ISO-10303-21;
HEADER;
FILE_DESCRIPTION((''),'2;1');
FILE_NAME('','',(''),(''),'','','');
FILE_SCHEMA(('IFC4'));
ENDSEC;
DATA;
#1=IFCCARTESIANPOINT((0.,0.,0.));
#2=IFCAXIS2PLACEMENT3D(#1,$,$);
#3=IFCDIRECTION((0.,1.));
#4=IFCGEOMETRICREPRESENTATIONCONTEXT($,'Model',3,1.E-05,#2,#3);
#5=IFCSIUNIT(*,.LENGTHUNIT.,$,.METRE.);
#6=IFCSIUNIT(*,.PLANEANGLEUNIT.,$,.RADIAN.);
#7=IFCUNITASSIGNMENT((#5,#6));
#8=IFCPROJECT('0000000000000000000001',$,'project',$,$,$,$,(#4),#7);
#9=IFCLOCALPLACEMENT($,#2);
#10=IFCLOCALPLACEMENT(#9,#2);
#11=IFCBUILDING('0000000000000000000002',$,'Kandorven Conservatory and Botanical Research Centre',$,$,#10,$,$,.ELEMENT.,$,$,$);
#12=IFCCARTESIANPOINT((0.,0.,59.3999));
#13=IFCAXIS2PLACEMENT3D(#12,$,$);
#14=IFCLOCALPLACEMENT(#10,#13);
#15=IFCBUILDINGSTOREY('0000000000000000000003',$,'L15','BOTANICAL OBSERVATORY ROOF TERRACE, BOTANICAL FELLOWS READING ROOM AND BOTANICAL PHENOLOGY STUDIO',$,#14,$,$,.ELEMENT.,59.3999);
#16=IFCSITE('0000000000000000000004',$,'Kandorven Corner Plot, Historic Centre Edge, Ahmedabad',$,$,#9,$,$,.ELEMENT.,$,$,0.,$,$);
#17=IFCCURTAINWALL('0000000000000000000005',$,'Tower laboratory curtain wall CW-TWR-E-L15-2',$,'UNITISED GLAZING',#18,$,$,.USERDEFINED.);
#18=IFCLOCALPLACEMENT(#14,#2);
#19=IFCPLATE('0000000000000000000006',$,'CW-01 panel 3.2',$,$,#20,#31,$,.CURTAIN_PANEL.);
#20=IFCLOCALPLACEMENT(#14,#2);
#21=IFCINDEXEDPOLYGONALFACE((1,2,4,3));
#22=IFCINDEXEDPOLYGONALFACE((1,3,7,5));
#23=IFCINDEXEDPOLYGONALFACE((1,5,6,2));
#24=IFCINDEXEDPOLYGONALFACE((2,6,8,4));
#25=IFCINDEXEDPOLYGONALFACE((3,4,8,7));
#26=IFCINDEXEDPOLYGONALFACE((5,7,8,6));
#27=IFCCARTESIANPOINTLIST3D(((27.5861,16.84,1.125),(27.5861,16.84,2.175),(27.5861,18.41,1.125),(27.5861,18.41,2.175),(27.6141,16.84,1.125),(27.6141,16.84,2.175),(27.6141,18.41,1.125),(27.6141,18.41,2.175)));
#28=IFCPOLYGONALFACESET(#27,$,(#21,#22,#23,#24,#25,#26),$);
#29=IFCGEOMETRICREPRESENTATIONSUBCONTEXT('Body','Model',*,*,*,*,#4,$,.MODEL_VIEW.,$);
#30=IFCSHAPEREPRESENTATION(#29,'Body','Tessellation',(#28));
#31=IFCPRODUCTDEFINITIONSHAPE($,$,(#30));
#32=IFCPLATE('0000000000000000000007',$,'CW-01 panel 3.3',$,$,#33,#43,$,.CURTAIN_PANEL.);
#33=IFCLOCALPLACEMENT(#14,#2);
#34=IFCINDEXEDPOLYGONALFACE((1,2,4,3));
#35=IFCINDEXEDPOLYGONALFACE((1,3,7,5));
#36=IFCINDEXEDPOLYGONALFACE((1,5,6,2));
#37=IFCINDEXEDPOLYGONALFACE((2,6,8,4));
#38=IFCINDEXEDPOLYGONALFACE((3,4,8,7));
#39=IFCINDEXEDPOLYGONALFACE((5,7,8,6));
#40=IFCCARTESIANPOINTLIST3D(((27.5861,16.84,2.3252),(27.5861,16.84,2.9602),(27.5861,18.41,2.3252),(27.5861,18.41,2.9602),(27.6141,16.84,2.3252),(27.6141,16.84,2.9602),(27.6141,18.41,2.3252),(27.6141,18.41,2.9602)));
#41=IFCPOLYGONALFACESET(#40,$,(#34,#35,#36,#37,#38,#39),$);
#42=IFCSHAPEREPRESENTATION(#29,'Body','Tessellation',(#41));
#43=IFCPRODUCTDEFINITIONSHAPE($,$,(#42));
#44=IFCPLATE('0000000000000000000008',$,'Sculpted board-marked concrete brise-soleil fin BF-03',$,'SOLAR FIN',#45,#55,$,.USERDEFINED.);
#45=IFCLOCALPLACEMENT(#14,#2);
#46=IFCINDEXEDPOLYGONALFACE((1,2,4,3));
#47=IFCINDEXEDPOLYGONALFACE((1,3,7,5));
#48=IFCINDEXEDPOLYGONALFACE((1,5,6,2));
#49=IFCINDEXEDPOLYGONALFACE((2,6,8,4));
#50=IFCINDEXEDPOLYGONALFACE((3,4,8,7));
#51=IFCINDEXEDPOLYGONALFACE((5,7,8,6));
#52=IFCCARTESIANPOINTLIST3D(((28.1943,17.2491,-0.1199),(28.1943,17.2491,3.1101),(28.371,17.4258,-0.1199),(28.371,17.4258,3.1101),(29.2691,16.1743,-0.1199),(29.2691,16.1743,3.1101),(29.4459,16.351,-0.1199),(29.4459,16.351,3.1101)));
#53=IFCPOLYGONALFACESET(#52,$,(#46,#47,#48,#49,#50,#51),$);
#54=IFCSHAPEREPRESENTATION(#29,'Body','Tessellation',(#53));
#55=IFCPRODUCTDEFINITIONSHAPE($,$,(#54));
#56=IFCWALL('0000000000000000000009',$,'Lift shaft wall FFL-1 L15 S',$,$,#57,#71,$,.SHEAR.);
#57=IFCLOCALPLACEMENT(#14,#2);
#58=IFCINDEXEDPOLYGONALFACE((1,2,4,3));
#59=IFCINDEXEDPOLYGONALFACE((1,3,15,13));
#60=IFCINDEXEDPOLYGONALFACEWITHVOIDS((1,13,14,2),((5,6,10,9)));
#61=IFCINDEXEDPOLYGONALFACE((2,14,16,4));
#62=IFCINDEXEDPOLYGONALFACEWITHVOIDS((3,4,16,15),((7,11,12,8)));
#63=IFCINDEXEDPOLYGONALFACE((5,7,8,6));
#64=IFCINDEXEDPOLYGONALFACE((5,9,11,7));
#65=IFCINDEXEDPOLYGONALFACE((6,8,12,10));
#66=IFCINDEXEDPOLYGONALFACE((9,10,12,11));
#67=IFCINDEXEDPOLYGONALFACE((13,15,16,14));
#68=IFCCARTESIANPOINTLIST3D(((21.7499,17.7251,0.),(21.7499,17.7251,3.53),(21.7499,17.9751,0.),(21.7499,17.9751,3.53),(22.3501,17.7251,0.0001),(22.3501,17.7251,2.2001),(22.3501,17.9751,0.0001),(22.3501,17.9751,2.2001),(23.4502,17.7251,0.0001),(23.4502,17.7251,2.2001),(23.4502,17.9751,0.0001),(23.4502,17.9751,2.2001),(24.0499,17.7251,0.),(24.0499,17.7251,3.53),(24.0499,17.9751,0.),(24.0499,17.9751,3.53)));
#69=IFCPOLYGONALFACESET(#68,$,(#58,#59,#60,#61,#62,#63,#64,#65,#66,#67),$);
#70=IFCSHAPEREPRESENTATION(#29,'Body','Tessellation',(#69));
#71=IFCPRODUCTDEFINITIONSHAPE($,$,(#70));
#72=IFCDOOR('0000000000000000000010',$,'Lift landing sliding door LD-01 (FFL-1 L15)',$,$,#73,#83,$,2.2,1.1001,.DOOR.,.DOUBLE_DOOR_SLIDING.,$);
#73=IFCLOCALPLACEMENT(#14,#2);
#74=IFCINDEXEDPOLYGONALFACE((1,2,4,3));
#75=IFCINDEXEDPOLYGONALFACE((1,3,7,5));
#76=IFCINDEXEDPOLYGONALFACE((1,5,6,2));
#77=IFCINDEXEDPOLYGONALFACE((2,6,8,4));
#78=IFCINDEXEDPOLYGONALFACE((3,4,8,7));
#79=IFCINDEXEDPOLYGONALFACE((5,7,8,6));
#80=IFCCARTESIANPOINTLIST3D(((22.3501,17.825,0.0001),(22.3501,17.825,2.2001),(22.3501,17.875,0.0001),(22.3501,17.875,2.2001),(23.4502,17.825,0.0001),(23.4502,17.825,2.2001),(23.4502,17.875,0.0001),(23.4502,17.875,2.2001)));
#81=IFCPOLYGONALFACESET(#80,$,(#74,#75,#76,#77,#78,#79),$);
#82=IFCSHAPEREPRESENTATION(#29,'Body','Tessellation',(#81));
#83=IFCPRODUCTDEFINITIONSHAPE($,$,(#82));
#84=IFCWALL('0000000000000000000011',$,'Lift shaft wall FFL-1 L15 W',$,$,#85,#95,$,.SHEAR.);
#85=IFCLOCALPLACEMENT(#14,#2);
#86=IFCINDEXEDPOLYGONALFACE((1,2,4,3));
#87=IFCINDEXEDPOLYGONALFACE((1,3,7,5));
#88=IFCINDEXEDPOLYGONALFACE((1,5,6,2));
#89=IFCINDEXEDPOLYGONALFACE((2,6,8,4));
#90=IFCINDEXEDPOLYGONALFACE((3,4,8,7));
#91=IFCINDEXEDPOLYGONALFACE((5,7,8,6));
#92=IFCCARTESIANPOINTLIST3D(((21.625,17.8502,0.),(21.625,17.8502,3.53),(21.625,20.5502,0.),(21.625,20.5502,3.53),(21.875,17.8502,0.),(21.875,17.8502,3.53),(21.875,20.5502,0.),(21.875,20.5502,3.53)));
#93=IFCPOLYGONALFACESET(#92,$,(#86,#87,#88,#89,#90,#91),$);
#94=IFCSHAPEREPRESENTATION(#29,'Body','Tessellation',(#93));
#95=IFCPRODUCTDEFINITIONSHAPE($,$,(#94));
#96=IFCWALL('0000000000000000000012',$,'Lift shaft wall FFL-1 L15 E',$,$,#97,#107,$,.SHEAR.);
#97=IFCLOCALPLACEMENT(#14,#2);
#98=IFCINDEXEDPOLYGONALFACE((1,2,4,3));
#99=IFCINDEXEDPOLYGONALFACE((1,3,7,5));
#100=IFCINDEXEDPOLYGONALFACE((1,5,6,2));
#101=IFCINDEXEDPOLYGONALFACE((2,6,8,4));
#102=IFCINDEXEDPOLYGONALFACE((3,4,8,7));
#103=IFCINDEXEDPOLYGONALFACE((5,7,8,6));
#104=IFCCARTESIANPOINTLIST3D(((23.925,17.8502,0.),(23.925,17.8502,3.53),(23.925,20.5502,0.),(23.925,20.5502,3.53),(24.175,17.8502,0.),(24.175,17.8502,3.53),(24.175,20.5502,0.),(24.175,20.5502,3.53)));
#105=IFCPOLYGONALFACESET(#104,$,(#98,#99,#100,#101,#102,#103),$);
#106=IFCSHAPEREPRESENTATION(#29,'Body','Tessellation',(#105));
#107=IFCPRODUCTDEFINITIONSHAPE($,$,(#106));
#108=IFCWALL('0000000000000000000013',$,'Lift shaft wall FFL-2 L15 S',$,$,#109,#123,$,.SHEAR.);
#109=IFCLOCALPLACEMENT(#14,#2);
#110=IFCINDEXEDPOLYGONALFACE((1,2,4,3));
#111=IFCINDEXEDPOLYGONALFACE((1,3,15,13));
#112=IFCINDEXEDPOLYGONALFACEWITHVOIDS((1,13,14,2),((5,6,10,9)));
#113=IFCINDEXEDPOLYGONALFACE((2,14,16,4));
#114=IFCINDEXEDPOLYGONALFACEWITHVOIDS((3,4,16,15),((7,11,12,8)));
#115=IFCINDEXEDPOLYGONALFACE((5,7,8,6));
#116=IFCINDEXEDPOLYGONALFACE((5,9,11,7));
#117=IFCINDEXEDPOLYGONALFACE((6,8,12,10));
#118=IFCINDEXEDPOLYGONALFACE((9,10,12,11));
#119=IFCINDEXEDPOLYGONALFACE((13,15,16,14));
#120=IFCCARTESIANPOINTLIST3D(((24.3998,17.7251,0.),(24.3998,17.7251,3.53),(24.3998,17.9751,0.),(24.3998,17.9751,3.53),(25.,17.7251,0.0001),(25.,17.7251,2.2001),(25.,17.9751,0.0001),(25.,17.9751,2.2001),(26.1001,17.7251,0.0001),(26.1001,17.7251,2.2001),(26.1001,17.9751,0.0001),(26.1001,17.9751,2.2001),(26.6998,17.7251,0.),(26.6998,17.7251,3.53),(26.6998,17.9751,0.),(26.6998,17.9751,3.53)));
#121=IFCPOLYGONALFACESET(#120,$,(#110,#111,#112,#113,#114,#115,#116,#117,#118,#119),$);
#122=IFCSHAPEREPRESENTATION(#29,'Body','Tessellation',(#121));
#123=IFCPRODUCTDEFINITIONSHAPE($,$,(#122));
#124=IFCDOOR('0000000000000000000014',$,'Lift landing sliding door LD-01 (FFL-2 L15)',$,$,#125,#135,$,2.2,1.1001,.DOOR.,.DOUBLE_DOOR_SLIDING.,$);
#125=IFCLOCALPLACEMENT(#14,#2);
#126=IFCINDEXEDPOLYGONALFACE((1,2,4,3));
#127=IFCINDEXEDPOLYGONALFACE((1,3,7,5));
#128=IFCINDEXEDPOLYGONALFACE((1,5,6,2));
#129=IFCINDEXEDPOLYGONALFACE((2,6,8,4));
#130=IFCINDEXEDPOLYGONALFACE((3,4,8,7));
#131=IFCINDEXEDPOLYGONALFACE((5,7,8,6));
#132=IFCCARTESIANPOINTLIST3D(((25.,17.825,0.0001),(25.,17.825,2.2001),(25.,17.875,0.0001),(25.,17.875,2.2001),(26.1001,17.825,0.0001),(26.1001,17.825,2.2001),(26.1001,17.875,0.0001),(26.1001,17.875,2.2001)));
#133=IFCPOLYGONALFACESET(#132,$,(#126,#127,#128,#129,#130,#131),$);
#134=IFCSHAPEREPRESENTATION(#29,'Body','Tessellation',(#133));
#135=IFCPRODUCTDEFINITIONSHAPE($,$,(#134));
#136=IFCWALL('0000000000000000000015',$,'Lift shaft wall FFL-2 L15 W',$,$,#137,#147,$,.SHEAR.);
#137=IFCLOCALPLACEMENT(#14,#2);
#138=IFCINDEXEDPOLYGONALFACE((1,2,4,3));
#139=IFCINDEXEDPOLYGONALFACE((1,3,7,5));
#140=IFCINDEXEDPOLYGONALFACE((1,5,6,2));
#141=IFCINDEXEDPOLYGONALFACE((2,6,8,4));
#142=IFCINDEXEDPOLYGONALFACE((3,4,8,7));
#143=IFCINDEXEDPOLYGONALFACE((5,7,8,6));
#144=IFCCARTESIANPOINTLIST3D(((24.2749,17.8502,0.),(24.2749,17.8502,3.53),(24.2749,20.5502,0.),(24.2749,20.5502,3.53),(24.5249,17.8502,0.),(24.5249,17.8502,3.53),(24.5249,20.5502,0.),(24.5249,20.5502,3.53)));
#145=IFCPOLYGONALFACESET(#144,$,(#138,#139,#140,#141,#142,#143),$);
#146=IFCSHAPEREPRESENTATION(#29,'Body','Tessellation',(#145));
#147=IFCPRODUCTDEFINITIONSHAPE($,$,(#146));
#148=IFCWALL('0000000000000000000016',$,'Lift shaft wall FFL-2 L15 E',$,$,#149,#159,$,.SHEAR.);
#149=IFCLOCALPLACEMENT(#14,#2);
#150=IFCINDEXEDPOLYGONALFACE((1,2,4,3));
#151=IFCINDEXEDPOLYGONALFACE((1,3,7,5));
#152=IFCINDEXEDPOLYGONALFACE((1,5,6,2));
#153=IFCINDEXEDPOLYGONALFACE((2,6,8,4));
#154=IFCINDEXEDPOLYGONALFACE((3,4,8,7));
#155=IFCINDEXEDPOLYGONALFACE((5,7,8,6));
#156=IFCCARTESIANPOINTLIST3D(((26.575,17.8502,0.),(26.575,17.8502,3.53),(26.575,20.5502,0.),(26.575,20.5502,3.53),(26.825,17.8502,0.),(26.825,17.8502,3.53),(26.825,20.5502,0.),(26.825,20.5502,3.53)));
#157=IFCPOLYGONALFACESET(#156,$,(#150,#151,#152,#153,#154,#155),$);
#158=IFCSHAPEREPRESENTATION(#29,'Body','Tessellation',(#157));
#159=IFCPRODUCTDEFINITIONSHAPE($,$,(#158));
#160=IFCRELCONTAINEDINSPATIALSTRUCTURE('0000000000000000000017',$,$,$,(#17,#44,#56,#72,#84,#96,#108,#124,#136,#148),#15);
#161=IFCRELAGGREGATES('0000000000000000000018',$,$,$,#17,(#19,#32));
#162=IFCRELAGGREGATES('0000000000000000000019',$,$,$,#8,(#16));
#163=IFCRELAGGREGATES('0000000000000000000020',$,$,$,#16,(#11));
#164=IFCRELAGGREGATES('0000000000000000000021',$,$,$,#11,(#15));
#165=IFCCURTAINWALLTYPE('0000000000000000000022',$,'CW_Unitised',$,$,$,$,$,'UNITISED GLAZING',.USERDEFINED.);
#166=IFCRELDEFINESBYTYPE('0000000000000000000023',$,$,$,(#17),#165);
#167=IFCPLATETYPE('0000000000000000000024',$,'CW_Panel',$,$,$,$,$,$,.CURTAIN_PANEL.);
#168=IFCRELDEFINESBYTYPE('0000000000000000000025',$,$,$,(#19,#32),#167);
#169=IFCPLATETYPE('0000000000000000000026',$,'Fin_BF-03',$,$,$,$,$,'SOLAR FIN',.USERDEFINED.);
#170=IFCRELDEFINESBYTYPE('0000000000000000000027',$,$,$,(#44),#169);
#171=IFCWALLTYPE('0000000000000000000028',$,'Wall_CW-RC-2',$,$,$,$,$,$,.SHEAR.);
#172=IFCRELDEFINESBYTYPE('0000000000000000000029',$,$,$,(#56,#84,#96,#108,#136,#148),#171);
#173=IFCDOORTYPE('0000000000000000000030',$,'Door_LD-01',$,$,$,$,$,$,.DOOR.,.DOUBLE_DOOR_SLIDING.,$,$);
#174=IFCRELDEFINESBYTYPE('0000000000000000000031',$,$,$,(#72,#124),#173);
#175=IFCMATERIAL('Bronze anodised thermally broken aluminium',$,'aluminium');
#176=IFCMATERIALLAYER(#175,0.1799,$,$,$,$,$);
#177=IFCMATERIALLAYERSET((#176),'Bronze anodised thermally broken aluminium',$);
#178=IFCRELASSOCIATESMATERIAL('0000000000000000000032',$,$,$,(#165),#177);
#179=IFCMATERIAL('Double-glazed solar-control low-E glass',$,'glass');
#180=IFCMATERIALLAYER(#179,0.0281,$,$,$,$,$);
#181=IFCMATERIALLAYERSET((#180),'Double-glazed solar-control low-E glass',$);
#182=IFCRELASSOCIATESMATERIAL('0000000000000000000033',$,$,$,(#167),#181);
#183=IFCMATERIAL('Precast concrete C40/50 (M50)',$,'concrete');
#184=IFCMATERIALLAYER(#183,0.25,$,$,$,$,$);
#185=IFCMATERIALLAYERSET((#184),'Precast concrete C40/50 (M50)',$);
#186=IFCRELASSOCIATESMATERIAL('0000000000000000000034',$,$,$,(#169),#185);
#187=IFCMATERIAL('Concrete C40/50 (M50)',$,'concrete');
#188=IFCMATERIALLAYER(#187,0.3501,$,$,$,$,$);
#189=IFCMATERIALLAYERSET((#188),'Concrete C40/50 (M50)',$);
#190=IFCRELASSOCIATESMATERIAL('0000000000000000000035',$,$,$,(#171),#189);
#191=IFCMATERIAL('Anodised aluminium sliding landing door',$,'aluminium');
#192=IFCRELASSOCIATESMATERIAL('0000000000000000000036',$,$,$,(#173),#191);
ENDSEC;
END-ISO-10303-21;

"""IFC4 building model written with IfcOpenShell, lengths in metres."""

from ifc_helpers import new_model, si_unit, direction, frame, frame_2d, origin, origin_2d, place, context, subcontext, project, spatial, rectangle, extrude, material, layer, layer_set, type_object, element, fill, aggregate, save


model = new_model("IFC4")

# Units and contexts
model_context = context("Model", 3, precision=1e-05, world=origin(), true_north=direction((0.0, 1.0)))
body_context = subcontext(model_context, "Body", "Model", "MODEL_VIEW")
ifc_project = project(units=[si_unit("LENGTHUNIT", "METRE"), si_unit("PLANEANGLEUNIT", "RADIAN")], contexts=[model_context])

# Site, building, storey
site_placement = place(None, origin())
site = spatial("IfcSite", under=ifc_project, at=site_placement, Name="Kandorven Corner Plot, Historic Centre Edge, Ahmedabad", CompositionType="ELEMENT", RefElevation=0.0)
building_placement = place(site_placement, origin())
building = spatial("IfcBuilding", under=site, at=building_placement, Name="Kandorven Conservatory and Botanical Research Centre", CompositionType="ELEMENT")
storey_placement = place(building_placement, frame((0.0, 0.0, 59.3999)))
storey = spatial("IfcBuildingStorey", under=building, at=storey_placement, Name="L15", Description="BOTANICAL OBSERVATORY ROOF TERRACE, BOTANICAL FELLOWS READING ROOM AND BOTANICAL PHENOLOGY STUDIO", CompositionType="ELEMENT", Elevation=59.3999)

# Curtain wall, plates
ifc_material_1 = material(Name="Bronze anodised thermally broken aluminium", Category="aluminium")
ifc_layer_1 = layer(ifc_material_1, 0.1799)
ifc_layer_set_1 = layer_set([ifc_layer_1], Name="Bronze anodised thermally broken aluminium")
curtain_wall_type = type_object("IfcCurtainWallType", Name="CW_Unitised", ElementType="UNITISED GLAZING", PredefinedType="USERDEFINED", material=ifc_layer_set_1)
curtain_wall_placement = place(storey_placement, origin())
curtain_wall = element("IfcCurtainWall", 1, at=curtain_wall_placement, inside=storey, type_object=curtain_wall_type, Name="Tower laboratory curtain wall CW-TWR-E-L15-2", ObjectType="UNITISED GLAZING", PredefinedType="USERDEFINED")
ifc_material_2 = material(Name="Double-glazed solar-control low-E glass", Category="glass")
ifc_layer_2 = layer(ifc_material_2, 0.0281)
ifc_layer_set_2 = layer_set([ifc_layer_2], Name="Double-glazed solar-control low-E glass")
plate_type_1 = type_object("IfcPlateType", Name="CW_Panel", PredefinedType="CURTAIN_PANEL", material=ifc_layer_set_2)
plate_1_placement = place(storey_placement, frame((27.6001, 17.625, 1.125), z_axis=(0.0, 0.0, 1.0), x_axis=(0.0, 1.0, 0.0)))
plate_1 = element("IfcPlate", 2, at=plate_1_placement, type_object=plate_type_1, Name="CW-01 panel 3.2", PredefinedType="CURTAIN_PANEL", context=body_context, shape_type="SweptSolid", body=[
    extrude(rectangle(XDim=1.5701, YDim=0.0281, at=origin_2d()), origin(), (0.0, 0.0, 1.0), 1.05),
])
plate_2_placement = place(storey_placement, frame((27.6001, 17.625, 2.3252), z_axis=(0.0, 0.0, 1.0), x_axis=(0.0, 1.0, 0.0)))
plate_2 = element("IfcPlate", 3, at=plate_2_placement, type_object=plate_type_1, Name="CW-01 panel 3.3", PredefinedType="CURTAIN_PANEL", context=body_context, shape_type="SweptSolid", body=[
    extrude(rectangle(XDim=1.5701, YDim=0.0281, at=origin_2d()), origin(), (0.0, 0.0, 1.0), 0.635),
])
aggregate(curtain_wall, [plate_1, plate_2])

# Plate
ifc_material_3 = material(Name="Precast concrete C40/50 (M50)", Category="concrete")
ifc_layer_3 = layer(ifc_material_3, 0.25)
ifc_layer_set_3 = layer_set([ifc_layer_3], Name="Precast concrete C40/50 (M50)")
plate_type_2 = type_object("IfcPlateType", Name="Fin_BF-03", ElementType="SOLAR FIN", PredefinedType="USERDEFINED", material=ifc_layer_set_3)
plate_3_placement = place(storey_placement, frame((28.8201, 16.8, -0.1199), z_axis=(0.0, 0.0, 1.0), x_axis=(-0.707107, 0.707107, 0.0)))
element("IfcPlate", 4, at=plate_3_placement, inside=storey, type_object=plate_type_2, Name="Sculpted board-marked concrete brise-soleil fin BF-03", ObjectType="SOLAR FIN", PredefinedType="USERDEFINED", context=body_context, shape_type="SweptSolid", body=[
    extrude(rectangle(XDim=1.52, YDim=0.25, at=origin_2d()), origin(), (0.0, 0.0, 1.0), 3.23),
])

# Wall, opening, door
ifc_material_4 = material(Name="Concrete C40/50 (M50)", Category="concrete")
ifc_layer_4 = layer(ifc_material_4, 0.3501)
ifc_layer_set_4 = layer_set([ifc_layer_4], Name="Concrete C40/50 (M50)")
wall_type = type_object("IfcWallType", Name="Wall_CW-RC-2", PredefinedType="SHEAR", material=ifc_layer_set_4)
wall_1_placement = place(storey_placement, frame((21.75, 17.8501, 0.0), z_axis=(0.0, 0.0, 1.0), x_axis=(1.0, 0.0, 0.0)))
wall_1 = element("IfcWall", 5, at=wall_1_placement, inside=storey, type_object=wall_type, Name="Lift shaft wall FFL-1 L15 S", PredefinedType="SHEAR", context=body_context, shape_type="SweptSolid", body=[
    extrude(rectangle(XDim=2.3, YDim=0.25, at=frame_2d((1.1499, 0.0))), origin(), (0.0, 0.0, 1.0), 3.53),
])
opening_1_placement = place(wall_1_placement, frame((0.6001, 0.0, 0.0)))
opening_1 = element("IfcOpeningElement", 6, at=opening_1_placement, cuts=wall_1, PredefinedType="OPENING", context=body_context, shape_type="SweptSolid", body=[
    extrude(rectangle(XDim=1.1001, YDim=2.2, at=frame_2d((0.55, 1.1001))), frame((0.0, 0.135, 0.0), z_axis=(0.0, -1.0, 0.0), x_axis=(1.0, 0.0, 0.0)), (0.0, 0.0, 1.0), 0.27),
])
ifc_material_5 = material(Name="Anodised aluminium sliding landing door", Category="aluminium")
door_type = type_object("IfcDoorType", Name="Door_LD-01", OperationType="DOUBLE_DOOR_SLIDING", PredefinedType="DOOR", material=ifc_material_5)
door_1_placement = place(opening_1_placement, origin())
door_1 = element("IfcDoor", 7, at=door_1_placement, inside=storey, type_object=door_type, Name="Lift landing sliding door LD-01 (FFL-1 L15)", OperationType="DOUBLE_DOOR_SLIDING", OverallHeight=2.2, OverallWidth=1.1001, PredefinedType="DOOR", context=body_context, shape_type="SweptSolid", body=[
    extrude(rectangle(XDim=1.1001, YDim=2.2, at=frame_2d((0.55, 1.1001))), frame((0.0, 0.0249, 0.0), z_axis=(0.0, -1.0, 0.0), x_axis=(1.0, 0.0, 0.0)), (0.0, 0.0, 1.0), 0.05),
])
fill(opening_1, door_1)

# Walls
for number, where, z_axis, x_axis, name in (
    (8, (21.75, 17.8501, 0.0), (0.0, 0.0, 1.0), (0.0, 1.0, 0.0), "Lift shaft wall FFL-1 L15 W"),
    (9, (24.05, 17.8501, 0.0), (0.0, 0.0, 1.0), (0.0, 1.0, 0.0), "Lift shaft wall FFL-1 L15 E"),
):
    element("IfcWall", number, at=place(storey_placement, frame(where, z_axis=z_axis, x_axis=x_axis)), inside=storey, type_object=wall_type, Name=name, PredefinedType="SHEAR", context=body_context, shape_type="SweptSolid", body=[
        extrude(rectangle(XDim=2.7, YDim=0.25, at=frame_2d((1.3501, 0.0))), origin(), (0.0, 0.0, 1.0), 3.53),
    ])

# Wall, opening, door
wall_2_placement = place(storey_placement, frame((24.3999, 17.8501, 0.0), z_axis=(0.0, 0.0, 1.0), x_axis=(1.0, 0.0, 0.0)))
wall_2 = element("IfcWall", 10, at=wall_2_placement, inside=storey, type_object=wall_type, Name="Lift shaft wall FFL-2 L15 S", PredefinedType="SHEAR", context=body_context, shape_type="SweptSolid", body=[
    extrude(rectangle(XDim=2.3, YDim=0.25, at=frame_2d((1.1499, 0.0))), origin(), (0.0, 0.0, 1.0), 3.53),
])
opening_2_placement = place(wall_2_placement, frame((0.6001, 0.0, 0.0)))
opening_2 = element("IfcOpeningElement", 11, at=opening_2_placement, cuts=wall_2, PredefinedType="OPENING", context=body_context, shape_type="SweptSolid", body=[
    extrude(rectangle(XDim=1.1001, YDim=2.2, at=frame_2d((0.55, 1.1001))), frame((0.0, 0.135, 0.0), z_axis=(0.0, -1.0, 0.0), x_axis=(1.0, 0.0, 0.0)), (0.0, 0.0, 1.0), 0.27),
])
door_2_placement = place(opening_2_placement, origin())
door_2 = element("IfcDoor", 12, at=door_2_placement, inside=storey, type_object=door_type, Name="Lift landing sliding door LD-01 (FFL-2 L15)", OperationType="DOUBLE_DOOR_SLIDING", OverallHeight=2.2, OverallWidth=1.1001, PredefinedType="DOOR", context=body_context, shape_type="SweptSolid", body=[
    extrude(rectangle(XDim=1.1001, YDim=2.2, at=frame_2d((0.55, 1.1001))), frame((0.0, 0.0249, 0.0), z_axis=(0.0, -1.0, 0.0), x_axis=(1.0, 0.0, 0.0)), (0.0, 0.0, 1.0), 0.05),
])
fill(opening_2, door_2)

# Walls
for number, where, z_axis, x_axis, name in (
    (13, (24.3999, 17.8501, 0.0), (0.0, 0.0, 1.0), (0.0, 1.0, 0.0), "Lift shaft wall FFL-2 L15 W"),
    (14, (26.7, 17.8501, 0.0), (0.0, 0.0, 1.0), (0.0, 1.0, 0.0), "Lift shaft wall FFL-2 L15 E"),
):
    element("IfcWall", number, at=place(storey_placement, frame(where, z_axis=z_axis, x_axis=x_axis)), inside=storey, type_object=wall_type, Name=name, PredefinedType="SHEAR", context=body_context, shape_type="SweptSolid", body=[
        extrude(rectangle(XDim=2.7, YDim=0.25, at=frame_2d((1.3501, 0.0))), origin(), (0.0, 0.0, 1.0), 3.53),
    ])

save(model, "model.ifc")
